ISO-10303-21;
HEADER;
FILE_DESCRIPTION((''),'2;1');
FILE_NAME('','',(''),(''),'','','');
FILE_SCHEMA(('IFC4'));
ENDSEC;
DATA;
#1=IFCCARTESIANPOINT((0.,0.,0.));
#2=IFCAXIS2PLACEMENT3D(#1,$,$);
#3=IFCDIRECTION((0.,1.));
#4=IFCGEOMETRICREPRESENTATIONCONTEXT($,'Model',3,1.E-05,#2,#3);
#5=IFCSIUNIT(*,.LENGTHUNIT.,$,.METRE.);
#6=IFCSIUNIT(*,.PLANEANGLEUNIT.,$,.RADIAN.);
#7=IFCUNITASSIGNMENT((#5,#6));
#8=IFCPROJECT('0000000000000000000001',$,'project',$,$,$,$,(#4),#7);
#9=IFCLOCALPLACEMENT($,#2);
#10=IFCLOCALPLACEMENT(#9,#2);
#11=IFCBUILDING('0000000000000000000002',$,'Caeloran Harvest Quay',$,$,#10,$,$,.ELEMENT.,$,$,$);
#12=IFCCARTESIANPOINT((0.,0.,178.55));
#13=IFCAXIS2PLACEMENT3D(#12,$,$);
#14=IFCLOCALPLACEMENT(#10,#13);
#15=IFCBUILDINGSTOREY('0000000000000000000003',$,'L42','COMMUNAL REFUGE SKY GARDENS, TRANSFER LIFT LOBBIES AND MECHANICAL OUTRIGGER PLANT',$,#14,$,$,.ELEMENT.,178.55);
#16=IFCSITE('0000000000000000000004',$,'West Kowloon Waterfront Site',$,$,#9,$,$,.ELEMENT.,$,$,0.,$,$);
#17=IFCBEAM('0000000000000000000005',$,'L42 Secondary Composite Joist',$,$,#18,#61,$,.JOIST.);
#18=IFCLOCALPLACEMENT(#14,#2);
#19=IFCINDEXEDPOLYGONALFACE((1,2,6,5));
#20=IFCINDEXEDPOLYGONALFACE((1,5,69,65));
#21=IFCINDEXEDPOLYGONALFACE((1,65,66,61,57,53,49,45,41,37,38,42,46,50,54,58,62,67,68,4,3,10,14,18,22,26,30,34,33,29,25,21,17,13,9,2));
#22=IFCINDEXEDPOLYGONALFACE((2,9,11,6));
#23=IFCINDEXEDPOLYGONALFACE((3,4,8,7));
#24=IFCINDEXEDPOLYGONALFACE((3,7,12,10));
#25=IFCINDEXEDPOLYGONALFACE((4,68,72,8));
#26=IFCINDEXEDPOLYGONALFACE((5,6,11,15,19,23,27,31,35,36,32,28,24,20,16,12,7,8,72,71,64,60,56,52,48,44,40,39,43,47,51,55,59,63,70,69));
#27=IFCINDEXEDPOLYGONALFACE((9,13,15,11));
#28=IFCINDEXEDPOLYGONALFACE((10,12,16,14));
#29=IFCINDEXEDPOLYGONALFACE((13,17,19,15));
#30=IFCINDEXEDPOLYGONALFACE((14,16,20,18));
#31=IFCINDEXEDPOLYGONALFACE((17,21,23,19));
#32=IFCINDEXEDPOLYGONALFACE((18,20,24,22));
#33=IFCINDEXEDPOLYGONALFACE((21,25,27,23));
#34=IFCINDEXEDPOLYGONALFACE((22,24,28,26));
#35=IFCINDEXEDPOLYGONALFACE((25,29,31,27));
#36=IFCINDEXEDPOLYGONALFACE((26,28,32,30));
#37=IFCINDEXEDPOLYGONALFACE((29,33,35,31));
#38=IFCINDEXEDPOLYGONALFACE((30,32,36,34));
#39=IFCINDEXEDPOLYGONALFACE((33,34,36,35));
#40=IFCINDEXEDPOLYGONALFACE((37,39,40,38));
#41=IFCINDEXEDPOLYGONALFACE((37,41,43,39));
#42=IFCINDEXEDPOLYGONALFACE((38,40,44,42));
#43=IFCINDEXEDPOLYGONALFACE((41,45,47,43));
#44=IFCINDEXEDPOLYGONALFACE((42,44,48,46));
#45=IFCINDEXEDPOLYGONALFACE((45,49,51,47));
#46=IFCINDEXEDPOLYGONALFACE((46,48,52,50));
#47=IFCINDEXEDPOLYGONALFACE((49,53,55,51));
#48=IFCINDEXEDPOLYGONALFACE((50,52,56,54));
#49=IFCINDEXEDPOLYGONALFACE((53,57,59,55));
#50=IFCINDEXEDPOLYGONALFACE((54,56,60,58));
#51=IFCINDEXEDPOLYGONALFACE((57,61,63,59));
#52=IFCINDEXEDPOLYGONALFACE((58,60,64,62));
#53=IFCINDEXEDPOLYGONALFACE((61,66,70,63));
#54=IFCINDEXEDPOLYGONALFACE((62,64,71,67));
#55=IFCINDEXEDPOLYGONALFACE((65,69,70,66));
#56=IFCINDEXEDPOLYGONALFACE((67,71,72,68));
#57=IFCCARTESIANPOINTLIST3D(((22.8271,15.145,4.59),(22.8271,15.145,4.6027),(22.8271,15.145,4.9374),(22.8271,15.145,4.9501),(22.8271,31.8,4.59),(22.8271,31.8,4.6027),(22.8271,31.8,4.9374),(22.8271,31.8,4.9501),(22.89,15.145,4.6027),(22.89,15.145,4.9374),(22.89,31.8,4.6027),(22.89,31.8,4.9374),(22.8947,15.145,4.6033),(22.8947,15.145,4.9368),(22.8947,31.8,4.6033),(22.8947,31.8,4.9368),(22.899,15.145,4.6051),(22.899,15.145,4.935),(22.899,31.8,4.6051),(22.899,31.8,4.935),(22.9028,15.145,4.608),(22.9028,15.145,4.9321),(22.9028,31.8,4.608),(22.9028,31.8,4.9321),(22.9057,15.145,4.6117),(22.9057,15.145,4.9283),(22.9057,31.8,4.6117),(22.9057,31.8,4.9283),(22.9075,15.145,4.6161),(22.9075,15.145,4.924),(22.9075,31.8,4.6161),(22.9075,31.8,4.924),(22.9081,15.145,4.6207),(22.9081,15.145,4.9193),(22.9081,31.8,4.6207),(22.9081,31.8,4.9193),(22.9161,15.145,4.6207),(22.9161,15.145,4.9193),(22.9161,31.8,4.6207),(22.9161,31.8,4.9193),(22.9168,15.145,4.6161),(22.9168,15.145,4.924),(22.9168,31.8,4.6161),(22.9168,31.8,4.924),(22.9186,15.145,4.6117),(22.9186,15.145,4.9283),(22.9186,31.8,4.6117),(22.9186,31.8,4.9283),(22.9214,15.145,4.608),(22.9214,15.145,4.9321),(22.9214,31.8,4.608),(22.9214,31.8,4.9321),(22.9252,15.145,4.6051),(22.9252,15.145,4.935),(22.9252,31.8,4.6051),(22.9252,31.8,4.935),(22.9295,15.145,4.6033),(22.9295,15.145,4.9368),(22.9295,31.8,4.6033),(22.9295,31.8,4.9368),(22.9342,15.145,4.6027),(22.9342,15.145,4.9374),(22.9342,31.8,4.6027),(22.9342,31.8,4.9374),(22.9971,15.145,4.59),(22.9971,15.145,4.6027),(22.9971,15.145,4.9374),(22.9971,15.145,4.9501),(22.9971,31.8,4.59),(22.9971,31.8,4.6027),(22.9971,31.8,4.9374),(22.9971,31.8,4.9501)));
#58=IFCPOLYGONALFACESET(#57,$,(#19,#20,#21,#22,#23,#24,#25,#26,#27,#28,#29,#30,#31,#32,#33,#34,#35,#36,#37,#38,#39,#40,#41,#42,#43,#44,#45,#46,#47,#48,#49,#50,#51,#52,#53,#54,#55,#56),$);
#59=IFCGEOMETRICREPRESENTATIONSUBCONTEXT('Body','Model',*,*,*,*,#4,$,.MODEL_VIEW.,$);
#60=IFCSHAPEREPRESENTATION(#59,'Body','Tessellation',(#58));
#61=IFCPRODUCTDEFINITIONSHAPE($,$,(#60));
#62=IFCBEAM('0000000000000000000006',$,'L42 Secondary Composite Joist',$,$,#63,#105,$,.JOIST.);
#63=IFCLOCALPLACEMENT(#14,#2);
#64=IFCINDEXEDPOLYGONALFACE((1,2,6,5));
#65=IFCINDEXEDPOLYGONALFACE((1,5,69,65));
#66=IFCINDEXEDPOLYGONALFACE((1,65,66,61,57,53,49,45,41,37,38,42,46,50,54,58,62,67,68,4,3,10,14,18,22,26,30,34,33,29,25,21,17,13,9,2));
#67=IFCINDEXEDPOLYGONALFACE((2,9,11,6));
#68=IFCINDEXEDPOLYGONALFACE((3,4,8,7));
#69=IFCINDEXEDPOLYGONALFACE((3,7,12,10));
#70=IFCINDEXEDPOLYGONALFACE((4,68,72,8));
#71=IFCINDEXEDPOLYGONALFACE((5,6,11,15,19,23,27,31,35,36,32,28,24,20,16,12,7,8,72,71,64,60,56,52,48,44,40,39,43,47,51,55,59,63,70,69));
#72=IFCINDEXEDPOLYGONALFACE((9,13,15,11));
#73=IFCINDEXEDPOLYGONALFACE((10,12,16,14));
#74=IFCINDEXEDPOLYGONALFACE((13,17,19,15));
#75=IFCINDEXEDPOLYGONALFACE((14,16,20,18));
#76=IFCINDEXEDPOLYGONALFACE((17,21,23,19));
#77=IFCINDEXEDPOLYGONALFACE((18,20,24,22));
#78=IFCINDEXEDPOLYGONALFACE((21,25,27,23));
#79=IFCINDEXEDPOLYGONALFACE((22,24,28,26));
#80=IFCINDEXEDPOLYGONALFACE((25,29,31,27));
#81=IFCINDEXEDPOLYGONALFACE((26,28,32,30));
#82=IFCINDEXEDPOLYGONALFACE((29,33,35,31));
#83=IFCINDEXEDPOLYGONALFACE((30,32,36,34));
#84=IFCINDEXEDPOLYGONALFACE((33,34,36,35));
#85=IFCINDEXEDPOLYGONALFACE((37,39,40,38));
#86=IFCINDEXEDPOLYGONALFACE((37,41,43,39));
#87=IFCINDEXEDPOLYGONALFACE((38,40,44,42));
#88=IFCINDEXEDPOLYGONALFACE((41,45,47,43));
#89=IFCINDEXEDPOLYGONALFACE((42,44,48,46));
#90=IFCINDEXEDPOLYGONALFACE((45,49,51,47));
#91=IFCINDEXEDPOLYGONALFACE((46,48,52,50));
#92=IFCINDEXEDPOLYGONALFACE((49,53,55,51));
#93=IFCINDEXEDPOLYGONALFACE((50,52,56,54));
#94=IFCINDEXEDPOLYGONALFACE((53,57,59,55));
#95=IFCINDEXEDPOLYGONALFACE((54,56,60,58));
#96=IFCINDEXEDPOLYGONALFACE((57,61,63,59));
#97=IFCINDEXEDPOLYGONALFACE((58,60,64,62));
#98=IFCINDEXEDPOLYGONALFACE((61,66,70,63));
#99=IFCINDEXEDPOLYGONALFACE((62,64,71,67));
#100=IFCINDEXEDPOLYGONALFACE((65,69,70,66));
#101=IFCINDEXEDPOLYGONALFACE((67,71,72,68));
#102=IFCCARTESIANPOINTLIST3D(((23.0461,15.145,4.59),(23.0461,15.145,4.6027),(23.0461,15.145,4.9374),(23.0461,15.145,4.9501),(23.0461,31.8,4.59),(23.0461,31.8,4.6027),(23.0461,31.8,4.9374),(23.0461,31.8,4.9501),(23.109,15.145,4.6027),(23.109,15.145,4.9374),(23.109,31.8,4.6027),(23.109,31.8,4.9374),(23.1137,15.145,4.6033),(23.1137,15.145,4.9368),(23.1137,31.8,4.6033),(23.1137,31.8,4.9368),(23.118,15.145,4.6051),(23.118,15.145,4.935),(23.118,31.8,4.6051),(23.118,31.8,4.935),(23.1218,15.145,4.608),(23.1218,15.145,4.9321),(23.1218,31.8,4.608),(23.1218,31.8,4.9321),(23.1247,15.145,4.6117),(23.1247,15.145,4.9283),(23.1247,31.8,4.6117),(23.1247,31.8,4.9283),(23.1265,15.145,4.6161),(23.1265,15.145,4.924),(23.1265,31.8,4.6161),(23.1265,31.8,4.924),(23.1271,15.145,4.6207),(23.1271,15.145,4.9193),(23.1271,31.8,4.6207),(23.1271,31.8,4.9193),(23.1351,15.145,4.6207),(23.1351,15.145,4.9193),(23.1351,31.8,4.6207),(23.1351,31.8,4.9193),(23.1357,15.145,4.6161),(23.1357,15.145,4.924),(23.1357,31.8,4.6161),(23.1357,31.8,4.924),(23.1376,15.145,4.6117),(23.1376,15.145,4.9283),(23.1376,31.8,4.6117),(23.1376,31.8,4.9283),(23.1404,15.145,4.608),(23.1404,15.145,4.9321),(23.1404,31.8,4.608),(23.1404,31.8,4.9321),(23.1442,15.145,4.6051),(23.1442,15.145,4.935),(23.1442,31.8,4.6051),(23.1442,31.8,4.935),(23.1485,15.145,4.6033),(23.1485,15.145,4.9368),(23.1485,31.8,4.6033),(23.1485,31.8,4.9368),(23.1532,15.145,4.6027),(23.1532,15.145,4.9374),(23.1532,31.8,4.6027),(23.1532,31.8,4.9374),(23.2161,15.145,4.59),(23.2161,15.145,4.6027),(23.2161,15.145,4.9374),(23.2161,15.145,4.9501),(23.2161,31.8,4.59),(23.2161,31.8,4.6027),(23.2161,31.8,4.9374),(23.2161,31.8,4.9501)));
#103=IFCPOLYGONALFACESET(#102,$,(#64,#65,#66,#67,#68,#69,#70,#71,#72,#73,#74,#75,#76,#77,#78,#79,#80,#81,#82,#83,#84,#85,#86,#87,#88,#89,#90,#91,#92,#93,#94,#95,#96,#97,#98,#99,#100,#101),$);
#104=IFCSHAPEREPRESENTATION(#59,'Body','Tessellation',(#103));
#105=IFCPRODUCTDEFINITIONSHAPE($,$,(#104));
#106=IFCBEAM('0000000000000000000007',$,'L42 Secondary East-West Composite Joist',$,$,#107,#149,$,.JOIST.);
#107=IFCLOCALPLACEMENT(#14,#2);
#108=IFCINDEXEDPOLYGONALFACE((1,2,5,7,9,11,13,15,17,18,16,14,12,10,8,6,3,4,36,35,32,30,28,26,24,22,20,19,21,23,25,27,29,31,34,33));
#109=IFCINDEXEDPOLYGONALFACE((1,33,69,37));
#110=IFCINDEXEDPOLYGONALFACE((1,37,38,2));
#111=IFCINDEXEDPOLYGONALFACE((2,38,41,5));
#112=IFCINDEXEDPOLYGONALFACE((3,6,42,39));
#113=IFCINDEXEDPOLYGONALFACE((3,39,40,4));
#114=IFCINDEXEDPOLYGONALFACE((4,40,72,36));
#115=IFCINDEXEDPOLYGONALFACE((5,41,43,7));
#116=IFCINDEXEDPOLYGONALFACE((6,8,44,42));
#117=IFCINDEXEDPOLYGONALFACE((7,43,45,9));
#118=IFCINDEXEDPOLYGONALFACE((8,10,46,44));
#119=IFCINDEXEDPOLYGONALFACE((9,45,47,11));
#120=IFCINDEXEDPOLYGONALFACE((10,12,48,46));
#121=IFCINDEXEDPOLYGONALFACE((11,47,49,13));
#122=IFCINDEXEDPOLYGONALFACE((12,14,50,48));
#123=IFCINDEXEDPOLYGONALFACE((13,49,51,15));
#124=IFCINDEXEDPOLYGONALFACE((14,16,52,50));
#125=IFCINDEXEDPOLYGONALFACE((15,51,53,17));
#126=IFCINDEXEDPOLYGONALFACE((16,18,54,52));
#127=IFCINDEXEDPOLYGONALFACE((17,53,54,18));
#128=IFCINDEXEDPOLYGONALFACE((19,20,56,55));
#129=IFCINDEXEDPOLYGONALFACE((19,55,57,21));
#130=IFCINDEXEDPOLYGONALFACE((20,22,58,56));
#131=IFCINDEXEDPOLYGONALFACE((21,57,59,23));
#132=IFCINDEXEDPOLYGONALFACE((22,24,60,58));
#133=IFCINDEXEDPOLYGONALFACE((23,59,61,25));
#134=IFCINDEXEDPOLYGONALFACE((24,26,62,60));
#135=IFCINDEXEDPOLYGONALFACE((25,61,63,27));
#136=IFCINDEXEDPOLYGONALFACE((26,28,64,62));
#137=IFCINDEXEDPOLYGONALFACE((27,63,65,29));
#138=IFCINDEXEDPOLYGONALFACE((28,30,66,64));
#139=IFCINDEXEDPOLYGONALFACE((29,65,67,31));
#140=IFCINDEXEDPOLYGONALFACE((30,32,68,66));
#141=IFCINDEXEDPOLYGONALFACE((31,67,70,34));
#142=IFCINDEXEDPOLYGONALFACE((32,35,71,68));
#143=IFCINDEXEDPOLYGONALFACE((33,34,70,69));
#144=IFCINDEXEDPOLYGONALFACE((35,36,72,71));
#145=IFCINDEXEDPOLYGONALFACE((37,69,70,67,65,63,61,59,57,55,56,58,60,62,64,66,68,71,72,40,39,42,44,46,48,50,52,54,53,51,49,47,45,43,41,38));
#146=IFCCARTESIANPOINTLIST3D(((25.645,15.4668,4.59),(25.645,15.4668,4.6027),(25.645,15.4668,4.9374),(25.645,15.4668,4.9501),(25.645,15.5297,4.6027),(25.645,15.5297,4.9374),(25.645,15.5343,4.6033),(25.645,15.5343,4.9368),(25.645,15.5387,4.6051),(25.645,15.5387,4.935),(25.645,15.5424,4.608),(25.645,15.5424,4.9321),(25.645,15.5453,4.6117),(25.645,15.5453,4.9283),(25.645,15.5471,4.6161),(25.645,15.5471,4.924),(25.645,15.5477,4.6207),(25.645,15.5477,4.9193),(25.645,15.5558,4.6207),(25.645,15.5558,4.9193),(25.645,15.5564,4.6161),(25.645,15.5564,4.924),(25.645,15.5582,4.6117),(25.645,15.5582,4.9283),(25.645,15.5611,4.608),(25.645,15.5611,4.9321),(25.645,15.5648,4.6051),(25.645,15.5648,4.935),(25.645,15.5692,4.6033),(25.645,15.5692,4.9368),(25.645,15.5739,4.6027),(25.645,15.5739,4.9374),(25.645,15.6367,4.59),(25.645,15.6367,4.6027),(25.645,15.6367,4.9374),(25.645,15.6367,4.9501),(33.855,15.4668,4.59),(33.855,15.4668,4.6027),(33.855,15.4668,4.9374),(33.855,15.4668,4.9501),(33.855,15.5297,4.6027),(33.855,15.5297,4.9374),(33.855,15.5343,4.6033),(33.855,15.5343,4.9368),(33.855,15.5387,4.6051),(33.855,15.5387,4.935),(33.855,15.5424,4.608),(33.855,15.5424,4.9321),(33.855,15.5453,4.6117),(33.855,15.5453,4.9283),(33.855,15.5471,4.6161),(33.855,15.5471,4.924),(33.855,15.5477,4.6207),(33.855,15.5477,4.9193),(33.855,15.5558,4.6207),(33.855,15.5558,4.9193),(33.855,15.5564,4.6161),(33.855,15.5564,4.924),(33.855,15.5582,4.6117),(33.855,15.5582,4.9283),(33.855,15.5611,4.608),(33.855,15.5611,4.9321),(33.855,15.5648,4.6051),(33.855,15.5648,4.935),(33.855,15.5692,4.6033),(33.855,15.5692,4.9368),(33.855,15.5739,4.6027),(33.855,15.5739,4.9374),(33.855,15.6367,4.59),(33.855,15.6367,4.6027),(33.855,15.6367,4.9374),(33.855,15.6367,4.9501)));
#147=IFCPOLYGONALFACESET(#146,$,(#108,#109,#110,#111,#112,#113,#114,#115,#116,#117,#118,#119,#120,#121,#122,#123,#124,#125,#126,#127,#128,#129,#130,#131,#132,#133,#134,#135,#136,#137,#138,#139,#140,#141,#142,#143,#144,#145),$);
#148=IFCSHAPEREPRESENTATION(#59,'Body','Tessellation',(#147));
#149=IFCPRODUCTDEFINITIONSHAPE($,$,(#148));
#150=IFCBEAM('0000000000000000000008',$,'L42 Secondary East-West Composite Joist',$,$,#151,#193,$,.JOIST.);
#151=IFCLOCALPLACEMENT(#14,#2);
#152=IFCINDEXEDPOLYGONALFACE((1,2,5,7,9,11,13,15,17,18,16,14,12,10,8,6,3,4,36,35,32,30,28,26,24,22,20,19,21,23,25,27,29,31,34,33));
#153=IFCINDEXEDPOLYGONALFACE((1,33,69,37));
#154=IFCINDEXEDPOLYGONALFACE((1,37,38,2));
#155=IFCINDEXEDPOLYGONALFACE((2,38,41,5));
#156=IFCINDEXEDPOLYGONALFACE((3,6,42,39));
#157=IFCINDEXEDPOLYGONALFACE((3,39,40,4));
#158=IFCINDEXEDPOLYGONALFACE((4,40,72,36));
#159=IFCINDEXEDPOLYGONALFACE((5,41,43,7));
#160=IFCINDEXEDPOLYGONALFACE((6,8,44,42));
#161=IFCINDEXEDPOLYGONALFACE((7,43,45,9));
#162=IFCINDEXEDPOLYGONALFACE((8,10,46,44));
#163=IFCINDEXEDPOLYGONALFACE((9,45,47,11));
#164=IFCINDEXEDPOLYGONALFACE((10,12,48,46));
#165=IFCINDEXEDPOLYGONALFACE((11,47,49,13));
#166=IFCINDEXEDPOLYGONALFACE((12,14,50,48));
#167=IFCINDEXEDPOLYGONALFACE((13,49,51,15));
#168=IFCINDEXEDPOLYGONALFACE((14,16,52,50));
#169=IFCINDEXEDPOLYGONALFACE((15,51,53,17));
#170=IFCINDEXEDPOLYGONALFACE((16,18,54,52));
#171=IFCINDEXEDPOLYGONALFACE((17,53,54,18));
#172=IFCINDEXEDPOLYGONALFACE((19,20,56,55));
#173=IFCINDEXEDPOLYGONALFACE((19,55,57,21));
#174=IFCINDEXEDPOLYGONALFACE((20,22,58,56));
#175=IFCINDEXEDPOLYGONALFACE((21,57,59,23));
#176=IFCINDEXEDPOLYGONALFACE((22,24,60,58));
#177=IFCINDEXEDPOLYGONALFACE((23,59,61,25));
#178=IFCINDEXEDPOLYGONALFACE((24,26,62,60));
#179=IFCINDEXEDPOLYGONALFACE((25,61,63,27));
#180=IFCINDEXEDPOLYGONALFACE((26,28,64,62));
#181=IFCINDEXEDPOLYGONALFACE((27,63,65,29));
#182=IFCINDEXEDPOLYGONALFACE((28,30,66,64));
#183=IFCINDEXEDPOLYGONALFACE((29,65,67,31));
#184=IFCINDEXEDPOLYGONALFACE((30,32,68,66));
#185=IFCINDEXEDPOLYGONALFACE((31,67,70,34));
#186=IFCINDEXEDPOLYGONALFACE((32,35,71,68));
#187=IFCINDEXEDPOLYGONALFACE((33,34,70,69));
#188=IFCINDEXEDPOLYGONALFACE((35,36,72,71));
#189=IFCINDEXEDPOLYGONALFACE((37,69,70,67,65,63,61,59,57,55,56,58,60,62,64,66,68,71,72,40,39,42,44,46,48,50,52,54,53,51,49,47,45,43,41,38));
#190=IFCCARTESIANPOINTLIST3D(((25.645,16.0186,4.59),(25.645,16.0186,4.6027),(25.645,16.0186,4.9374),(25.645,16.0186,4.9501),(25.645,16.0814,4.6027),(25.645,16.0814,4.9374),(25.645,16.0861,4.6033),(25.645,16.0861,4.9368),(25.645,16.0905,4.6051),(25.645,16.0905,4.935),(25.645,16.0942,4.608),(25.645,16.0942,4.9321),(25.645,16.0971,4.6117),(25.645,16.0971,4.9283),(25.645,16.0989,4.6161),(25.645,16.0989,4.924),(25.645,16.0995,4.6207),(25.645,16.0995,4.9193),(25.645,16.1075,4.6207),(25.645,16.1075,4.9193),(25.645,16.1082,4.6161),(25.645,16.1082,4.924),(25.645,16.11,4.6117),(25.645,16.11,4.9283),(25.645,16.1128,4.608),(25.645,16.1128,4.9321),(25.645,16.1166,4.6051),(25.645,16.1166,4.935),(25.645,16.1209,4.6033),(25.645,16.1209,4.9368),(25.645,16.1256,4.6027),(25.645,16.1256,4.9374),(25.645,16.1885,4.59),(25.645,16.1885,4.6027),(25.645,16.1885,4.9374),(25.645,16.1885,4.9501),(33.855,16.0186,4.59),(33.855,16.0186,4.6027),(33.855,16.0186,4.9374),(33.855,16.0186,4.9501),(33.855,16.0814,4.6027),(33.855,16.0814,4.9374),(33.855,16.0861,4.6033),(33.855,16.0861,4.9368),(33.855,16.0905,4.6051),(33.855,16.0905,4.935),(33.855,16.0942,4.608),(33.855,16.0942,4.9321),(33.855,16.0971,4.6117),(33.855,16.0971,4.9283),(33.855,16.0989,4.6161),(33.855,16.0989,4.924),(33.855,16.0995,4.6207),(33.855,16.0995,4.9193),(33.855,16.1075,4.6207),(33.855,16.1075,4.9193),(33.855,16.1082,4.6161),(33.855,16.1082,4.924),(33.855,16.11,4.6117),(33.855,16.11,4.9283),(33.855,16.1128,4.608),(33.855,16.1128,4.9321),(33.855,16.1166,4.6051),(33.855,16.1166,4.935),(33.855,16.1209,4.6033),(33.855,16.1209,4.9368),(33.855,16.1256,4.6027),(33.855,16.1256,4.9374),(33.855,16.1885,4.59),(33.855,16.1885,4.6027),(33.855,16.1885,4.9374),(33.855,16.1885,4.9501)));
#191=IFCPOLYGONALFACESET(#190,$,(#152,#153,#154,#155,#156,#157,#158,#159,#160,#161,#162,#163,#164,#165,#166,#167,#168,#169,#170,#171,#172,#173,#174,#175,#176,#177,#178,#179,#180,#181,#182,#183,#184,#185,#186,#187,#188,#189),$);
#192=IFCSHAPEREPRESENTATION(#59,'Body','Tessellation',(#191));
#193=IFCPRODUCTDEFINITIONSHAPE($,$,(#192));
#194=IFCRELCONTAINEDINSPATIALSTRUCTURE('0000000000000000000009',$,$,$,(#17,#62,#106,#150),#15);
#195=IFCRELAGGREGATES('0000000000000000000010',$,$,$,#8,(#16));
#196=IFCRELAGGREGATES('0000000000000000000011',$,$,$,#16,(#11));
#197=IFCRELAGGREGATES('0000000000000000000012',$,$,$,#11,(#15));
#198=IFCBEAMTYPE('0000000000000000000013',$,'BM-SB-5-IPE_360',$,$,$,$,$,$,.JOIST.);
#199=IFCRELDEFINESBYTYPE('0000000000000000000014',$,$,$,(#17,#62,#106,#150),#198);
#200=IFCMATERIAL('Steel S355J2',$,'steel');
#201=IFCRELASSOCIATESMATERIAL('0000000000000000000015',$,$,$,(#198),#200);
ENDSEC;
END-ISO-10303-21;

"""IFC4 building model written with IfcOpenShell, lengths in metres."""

from ifc_helpers import new_model, si_unit, direction, frame, origin, origin_2d, place, context, subcontext, project, spatial, i_section, extrude, material, material_profile, profile_set, type_object, element, save


model = new_model("IFC4")

# Units and contexts
model_context = context("Model", 3, precision=1e-05, world=origin(), true_north=direction((0.0, 1.0)))
body_context = subcontext(model_context, "Body", "Model", "MODEL_VIEW")
ifc_project = project(units=[si_unit("LENGTHUNIT", "METRE"), si_unit("PLANEANGLEUNIT", "RADIAN")], contexts=[model_context])

# Site, building, storey
site_placement = place(None, origin())
site = spatial("IfcSite", under=ifc_project, at=site_placement, Name="West Kowloon Waterfront Site", CompositionType="ELEMENT", RefElevation=0.0)
building_placement = place(site_placement, origin())
building = spatial("IfcBuilding", under=site, at=building_placement, Name="Caeloran Harvest Quay", CompositionType="ELEMENT")
storey_placement = place(building_placement, frame((0.0, 0.0, 178.55)))
storey = spatial("IfcBuildingStorey", under=building, at=storey_placement, Name="L42", Description="COMMUNAL REFUGE SKY GARDENS, TRANSFER LIFT LOBBIES AND MECHANICAL OUTRIGGER PLANT", CompositionType="ELEMENT", Elevation=178.55)

# Beams
ifc_material_1 = material(Name="Steel S355J2", Category="steel")
ifc_material_profile_1 = material_profile(ifc_material_1, i_section(OverallWidth=0.1699, OverallDepth=0.3601, WebThickness=0.0081, FlangeThickness=0.0127, FilletRadius=0.0181, at=origin_2d()), Name="IPE 360")
ifc_profile_set_1 = profile_set([ifc_material_profile_1], Name="Steel S355J2")
beam_type_1 = type_object("IfcBeamType", Name="BM-SB-5-IPE_360", PredefinedType="JOIST", material=ifc_profile_set_1)
for number, where, z_axis, x_axis, name in (
    (1, (22.9121, 15.145, 4.77), (0.0, 1.0, 0.0), (-1.0, 0.0, 0.0), "L42 Secondary Composite Joist"),
    (2, (23.1311, 15.145, 4.77), (0.0, 1.0, 0.0), (-1.0, 0.0, 0.0), "L42 Secondary Composite Joist"),
):
    element("IfcBeam", number, at=place(storey_placement, frame(where, z_axis=z_axis, x_axis=x_axis)), inside=storey, type_object=beam_type_1, Name=name, PredefinedType="JOIST", context=body_context, shape_type="SweptSolid", body=[
        extrude(i_section(OverallWidth=0.1699, OverallDepth=0.3601, WebThickness=0.0081, FlangeThickness=0.0127, FilletRadius=0.0181, at=origin_2d()), origin(), (0.0, 0.0, 1.0), 16.655),
    ])
for number, where, z_axis, x_axis, name in (
    (3, (25.645, 15.5518, 4.77), (1.0, 0.0, 0.0), (0.0, 1.0, 0.0), "L42 Secondary East-West Composite Joist"),
    (4, (25.645, 16.1035, 4.77), (1.0, 0.0, 0.0), (0.0, 1.0, 0.0), "L42 Secondary East-West Composite Joist"),
):
    element("IfcBeam", number, at=place(storey_placement, frame(where, z_axis=z_axis, x_axis=x_axis)), inside=storey, type_object=beam_type_1, Name=name, PredefinedType="JOIST", context=body_context, shape_type="SweptSolid", body=[
        extrude(i_section(OverallWidth=0.1699, OverallDepth=0.3601, WebThickness=0.0081, FlangeThickness=0.0127, FilletRadius=0.0181, at=origin_2d()), origin(), (0.0, 0.0, 1.0), 8.21),
    ])

save(model, "model.ifc")
